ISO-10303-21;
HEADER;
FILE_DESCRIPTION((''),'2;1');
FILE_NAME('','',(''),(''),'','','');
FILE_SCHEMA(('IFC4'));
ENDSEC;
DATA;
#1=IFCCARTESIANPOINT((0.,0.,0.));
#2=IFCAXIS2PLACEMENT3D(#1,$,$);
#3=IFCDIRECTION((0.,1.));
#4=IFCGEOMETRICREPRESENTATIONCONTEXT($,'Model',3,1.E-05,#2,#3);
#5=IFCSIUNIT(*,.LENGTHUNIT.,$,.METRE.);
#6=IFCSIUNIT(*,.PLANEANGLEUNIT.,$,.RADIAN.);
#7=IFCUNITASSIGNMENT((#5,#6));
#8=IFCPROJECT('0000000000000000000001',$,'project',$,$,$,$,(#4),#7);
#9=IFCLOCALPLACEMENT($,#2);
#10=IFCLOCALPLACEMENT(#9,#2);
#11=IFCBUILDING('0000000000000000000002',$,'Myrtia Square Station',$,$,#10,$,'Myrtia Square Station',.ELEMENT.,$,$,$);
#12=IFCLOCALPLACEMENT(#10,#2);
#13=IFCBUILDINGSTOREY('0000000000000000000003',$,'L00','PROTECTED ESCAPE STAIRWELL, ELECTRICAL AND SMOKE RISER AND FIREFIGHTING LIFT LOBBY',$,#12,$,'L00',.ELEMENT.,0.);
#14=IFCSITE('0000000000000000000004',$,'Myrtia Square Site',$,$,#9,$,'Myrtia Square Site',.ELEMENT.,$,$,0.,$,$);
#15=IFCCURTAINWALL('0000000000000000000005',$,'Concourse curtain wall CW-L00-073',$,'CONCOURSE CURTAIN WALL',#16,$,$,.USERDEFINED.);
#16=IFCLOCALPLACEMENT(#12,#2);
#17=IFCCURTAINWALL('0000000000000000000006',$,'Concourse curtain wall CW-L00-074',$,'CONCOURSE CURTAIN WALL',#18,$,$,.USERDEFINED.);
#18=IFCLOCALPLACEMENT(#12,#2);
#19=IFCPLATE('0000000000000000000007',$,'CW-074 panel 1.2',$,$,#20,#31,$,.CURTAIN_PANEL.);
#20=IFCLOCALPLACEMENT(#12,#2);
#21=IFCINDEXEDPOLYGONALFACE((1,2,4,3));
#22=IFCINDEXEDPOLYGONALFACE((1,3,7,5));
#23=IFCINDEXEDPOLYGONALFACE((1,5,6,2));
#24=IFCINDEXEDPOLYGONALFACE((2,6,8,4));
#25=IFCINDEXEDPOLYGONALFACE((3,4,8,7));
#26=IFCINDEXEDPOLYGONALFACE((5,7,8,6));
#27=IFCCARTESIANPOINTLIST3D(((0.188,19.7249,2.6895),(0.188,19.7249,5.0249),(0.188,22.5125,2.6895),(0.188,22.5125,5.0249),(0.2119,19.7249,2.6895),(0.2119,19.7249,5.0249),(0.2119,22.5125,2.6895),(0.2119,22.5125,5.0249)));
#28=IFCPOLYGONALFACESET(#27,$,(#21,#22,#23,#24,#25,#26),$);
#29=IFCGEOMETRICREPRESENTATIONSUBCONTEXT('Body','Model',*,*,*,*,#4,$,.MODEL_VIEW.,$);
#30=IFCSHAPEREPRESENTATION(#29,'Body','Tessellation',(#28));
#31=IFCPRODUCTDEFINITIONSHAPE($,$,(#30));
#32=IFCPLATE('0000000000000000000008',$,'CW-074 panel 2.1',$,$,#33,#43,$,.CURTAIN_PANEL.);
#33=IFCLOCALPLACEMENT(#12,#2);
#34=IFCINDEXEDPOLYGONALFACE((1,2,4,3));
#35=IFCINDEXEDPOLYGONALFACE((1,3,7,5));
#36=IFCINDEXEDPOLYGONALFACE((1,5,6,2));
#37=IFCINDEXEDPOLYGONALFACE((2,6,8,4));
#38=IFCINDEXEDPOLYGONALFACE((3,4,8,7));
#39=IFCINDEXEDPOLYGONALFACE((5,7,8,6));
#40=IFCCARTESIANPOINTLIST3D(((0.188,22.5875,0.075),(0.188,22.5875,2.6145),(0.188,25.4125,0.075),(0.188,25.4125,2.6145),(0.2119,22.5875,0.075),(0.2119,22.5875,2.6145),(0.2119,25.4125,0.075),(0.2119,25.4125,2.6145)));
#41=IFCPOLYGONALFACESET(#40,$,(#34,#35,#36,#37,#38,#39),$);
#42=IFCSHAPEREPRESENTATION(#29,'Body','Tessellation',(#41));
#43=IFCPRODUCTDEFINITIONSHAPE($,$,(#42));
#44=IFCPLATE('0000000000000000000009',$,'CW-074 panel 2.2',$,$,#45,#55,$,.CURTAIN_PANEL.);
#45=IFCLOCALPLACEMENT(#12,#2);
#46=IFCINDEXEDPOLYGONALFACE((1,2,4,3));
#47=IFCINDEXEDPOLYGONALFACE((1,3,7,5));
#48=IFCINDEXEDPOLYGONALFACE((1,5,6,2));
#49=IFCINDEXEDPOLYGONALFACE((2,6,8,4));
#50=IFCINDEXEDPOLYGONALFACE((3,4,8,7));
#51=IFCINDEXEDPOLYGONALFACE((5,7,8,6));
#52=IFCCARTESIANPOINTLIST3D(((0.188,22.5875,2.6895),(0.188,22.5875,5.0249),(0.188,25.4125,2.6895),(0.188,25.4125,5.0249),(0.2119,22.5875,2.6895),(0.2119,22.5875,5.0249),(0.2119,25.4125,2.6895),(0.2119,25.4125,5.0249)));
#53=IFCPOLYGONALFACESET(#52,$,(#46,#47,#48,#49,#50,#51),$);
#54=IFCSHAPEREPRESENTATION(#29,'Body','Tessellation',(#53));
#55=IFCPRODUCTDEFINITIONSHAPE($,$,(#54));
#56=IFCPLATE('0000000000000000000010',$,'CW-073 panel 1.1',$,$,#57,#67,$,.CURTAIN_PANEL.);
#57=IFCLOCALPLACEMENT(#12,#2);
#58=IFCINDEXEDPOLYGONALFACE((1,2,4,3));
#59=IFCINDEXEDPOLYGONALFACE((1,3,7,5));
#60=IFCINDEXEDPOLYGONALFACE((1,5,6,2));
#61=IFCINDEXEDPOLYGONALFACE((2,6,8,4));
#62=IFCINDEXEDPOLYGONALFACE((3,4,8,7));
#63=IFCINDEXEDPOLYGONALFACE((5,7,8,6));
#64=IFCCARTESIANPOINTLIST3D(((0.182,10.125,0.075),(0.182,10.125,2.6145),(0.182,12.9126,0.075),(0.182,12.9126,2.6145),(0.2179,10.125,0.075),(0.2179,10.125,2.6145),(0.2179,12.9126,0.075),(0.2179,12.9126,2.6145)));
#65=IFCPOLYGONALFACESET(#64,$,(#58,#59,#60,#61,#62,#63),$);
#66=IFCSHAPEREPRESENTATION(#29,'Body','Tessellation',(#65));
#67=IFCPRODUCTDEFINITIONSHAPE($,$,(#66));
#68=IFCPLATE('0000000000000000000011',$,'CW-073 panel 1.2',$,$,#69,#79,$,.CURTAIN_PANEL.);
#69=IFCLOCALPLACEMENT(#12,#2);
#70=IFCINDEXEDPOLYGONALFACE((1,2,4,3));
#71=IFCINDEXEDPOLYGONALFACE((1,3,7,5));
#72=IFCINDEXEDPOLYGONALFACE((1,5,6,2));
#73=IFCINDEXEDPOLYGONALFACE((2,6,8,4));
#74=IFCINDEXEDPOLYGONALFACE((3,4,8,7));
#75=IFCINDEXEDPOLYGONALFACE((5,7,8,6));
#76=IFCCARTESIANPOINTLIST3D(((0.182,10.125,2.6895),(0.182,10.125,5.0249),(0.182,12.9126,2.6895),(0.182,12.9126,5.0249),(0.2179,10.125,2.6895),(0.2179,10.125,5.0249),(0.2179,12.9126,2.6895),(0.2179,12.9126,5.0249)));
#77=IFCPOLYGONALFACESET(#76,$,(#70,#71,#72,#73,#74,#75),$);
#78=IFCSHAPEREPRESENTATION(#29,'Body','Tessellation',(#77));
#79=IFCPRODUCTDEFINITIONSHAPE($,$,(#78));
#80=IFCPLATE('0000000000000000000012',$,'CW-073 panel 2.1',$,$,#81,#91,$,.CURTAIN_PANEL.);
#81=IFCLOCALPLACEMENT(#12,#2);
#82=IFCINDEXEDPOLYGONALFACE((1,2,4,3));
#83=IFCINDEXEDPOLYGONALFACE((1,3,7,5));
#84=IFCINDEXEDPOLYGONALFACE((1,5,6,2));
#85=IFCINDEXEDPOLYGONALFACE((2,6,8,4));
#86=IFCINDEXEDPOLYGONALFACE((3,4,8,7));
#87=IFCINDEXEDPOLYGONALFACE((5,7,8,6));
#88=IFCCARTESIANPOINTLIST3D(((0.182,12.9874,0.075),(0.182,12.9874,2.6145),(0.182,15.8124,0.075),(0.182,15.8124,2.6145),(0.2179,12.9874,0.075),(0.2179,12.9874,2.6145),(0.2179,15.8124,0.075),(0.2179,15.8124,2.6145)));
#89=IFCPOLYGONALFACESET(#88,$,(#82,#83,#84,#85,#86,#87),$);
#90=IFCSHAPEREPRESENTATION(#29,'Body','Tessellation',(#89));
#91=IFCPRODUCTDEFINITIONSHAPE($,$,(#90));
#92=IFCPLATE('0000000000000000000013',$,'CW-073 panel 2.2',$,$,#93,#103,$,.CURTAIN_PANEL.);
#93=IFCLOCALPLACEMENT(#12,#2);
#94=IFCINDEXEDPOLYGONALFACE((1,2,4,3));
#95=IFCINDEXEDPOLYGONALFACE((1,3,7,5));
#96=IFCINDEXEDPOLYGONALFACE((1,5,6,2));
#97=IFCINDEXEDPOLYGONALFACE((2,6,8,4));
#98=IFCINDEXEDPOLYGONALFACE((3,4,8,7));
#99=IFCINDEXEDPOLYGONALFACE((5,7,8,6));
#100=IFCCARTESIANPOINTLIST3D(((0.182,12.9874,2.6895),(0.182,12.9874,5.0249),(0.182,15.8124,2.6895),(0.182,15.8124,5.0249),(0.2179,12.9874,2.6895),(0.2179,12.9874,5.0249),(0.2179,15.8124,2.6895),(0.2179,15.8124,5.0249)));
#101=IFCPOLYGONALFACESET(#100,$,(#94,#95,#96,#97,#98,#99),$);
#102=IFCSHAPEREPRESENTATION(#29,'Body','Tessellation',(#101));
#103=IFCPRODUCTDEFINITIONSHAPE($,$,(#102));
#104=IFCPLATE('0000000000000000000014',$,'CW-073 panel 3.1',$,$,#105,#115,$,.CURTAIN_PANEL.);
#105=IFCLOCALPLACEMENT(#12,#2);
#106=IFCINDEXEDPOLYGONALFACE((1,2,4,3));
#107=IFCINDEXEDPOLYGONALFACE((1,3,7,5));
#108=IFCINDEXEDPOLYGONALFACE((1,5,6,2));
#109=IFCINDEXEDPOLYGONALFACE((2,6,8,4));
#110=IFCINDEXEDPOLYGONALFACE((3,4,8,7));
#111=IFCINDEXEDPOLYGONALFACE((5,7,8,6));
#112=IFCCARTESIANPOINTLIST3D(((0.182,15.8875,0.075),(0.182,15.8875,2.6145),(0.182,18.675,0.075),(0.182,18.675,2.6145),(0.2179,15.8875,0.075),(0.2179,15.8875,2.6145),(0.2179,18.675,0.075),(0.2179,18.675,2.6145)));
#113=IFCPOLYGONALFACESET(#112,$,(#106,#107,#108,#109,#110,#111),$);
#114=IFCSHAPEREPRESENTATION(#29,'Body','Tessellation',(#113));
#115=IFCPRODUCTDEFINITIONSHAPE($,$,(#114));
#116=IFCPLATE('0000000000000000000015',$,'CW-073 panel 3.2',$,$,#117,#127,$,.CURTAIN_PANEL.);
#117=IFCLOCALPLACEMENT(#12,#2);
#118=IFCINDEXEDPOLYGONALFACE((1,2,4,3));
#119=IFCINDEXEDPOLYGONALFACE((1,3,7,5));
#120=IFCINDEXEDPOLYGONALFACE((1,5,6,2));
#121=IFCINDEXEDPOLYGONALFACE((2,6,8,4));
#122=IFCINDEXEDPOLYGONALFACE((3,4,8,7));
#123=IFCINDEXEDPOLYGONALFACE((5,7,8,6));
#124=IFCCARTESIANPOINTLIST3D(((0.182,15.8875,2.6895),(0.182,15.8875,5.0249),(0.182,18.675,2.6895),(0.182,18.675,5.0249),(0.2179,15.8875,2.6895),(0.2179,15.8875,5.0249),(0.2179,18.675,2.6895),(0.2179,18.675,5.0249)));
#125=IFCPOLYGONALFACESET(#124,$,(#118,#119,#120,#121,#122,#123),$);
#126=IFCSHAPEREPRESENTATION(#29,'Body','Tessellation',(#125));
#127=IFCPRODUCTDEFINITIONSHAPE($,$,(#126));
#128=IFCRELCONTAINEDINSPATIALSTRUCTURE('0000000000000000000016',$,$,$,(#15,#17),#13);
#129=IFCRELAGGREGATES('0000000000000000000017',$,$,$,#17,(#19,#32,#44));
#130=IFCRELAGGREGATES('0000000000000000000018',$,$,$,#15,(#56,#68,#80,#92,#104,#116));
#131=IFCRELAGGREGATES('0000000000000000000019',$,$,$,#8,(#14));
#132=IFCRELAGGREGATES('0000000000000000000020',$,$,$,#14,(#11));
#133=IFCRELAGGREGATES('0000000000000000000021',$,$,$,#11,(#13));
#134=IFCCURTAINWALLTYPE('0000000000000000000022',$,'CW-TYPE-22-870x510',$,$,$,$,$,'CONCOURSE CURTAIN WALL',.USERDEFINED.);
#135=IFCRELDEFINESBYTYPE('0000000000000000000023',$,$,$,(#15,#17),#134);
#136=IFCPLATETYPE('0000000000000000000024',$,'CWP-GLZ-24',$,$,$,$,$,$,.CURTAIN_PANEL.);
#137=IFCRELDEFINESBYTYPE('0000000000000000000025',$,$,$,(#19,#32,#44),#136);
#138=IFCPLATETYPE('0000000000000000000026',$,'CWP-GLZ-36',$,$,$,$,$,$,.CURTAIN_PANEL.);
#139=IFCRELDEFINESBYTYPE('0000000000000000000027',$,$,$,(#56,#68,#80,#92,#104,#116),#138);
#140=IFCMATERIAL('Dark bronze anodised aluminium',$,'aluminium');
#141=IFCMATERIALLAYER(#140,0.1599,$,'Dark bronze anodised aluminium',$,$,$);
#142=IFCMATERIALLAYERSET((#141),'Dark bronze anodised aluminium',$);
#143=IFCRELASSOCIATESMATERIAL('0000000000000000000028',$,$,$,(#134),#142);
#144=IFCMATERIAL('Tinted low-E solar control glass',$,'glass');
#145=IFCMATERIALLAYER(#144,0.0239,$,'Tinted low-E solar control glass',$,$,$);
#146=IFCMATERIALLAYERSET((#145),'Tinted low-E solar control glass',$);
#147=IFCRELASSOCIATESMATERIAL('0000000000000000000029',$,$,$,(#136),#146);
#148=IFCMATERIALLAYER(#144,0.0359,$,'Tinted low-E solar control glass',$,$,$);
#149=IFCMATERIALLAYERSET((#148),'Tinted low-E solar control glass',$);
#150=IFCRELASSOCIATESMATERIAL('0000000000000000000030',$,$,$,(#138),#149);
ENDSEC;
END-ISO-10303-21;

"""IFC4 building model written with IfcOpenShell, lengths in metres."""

from ifc_helpers import new_model, si_unit, direction, frame, origin, origin_2d, place, context, subcontext, project, spatial, rectangle, extrude, material, layer, layer_set, type_object, element, aggregate, save


model = new_model("IFC4")

# Units and contexts
model_context = context("Model", 3, precision=1e-05, world=origin(), true_north=direction((0.0, 1.0)))
body_context = subcontext(model_context, "Body", "Model", "MODEL_VIEW")
ifc_project = project(units=[si_unit("LENGTHUNIT", "METRE"), si_unit("PLANEANGLEUNIT", "RADIAN")], contexts=[model_context])

# Site, building, storey
site_placement = place(None, origin())
site = spatial("IfcSite", under=ifc_project, at=site_placement, Name="Myrtia Square Site", LongName="Myrtia Square Site", CompositionType="ELEMENT", RefElevation=0.0)
building_placement = place(site_placement, origin())
building = spatial("IfcBuilding", under=site, at=building_placement, Name="Myrtia Square Station", LongName="Myrtia Square Station", CompositionType="ELEMENT")
storey_placement = place(building_placement, origin())
storey = spatial("IfcBuildingStorey", under=building, at=storey_placement, Name="L00", Description="PROTECTED ESCAPE STAIRWELL, ELECTRICAL AND SMOKE RISER AND FIREFIGHTING LIFT LOBBY", LongName="L00", CompositionType="ELEMENT", Elevation=0.0)

# Curtain walls
ifc_material_1 = material(Name="Dark bronze anodised aluminium", Category="aluminium")
ifc_layer_1 = layer(ifc_material_1, 0.1599, Name="Dark bronze anodised aluminium")
ifc_layer_set_1 = layer_set([ifc_layer_1], Name="Dark bronze anodised aluminium")
curtain_wall_type = type_object("IfcCurtainWallType", Name="CW-TYPE-22-870x510", ElementType="CONCOURSE CURTAIN WALL", PredefinedType="USERDEFINED", material=ifc_layer_set_1)
curtain_wall_1_placement = place(storey_placement, origin())
curtain_wall_1 = element("IfcCurtainWall", 1, at=curtain_wall_1_placement, inside=storey, type_object=curtain_wall_type, Name="Concourse curtain wall CW-L00-073", ObjectType="CONCOURSE CURTAIN WALL", PredefinedType="USERDEFINED")
curtain_wall_2_placement = place(storey_placement, origin())
curtain_wall_2 = element("IfcCurtainWall", 2, at=curtain_wall_2_placement, inside=storey, type_object=curtain_wall_type, Name="Concourse curtain wall CW-L00-074", ObjectType="CONCOURSE CURTAIN WALL", PredefinedType="USERDEFINED")

# Plates
ifc_material_2 = material(Name="Tinted low-E solar control glass", Category="glass")
ifc_layer_2 = layer(ifc_material_2, 0.0239, Name="Tinted low-E solar control glass")
ifc_layer_set_2 = layer_set([ifc_layer_2], Name="Tinted low-E solar control glass")
plate_type_1 = type_object("IfcPlateType", Name="CWP-GLZ-24", PredefinedType="CURTAIN_PANEL", material=ifc_layer_set_2)
plate_1_placement = place(storey_placement, frame((0.2, 21.1187, 2.6895), z_axis=(0.0, 0.0, 1.0), x_axis=(0.0, 1.0, 0.0)))
plate_1 = element("IfcPlate", 3, at=plate_1_placement, type_object=plate_type_1, Name="CW-074 panel 1.2", PredefinedType="CURTAIN_PANEL", context=body_context, shape_type="SweptSolid", body=[
    extrude(rectangle(XDim=2.7876, YDim=0.0239, at=origin_2d()), origin(), (0.0, 0.0, 1.0), 2.3354),
])
plate_2_placement = place(storey_placement, frame((0.2, 24.0, 0.075), z_axis=(0.0, 0.0, 1.0), x_axis=(0.0, 1.0, 0.0)))
plate_2 = element("IfcPlate", 4, at=plate_2_placement, type_object=plate_type_1, Name="CW-074 panel 2.1", PredefinedType="CURTAIN_PANEL", context=body_context, shape_type="SweptSolid", body=[
    extrude(rectangle(XDim=2.825, YDim=0.0239, at=origin_2d()), origin(), (0.0, 0.0, 1.0), 2.5396),
])
plate_3_placement = place(storey_placement, frame((0.2, 24.0, 2.6895), z_axis=(0.0, 0.0, 1.0), x_axis=(0.0, 1.0, 0.0)))
plate_3 = element("IfcPlate", 5, at=plate_3_placement, type_object=plate_type_1, Name="CW-074 panel 2.2", PredefinedType="CURTAIN_PANEL", context=body_context, shape_type="SweptSolid", body=[
    extrude(rectangle(XDim=2.825, YDim=0.0239, at=origin_2d()), origin(), (0.0, 0.0, 1.0), 2.3354),
])
aggregate(curtain_wall_2, [plate_1, plate_2, plate_3])
ifc_layer_3 = layer(ifc_material_2, 0.0359, Name="Tinted low-E solar control glass")
ifc_layer_set_3 = layer_set([ifc_layer_3], Name="Tinted low-E solar control glass")
plate_type_2 = type_object("IfcPlateType", Name="CWP-GLZ-36", PredefinedType="CURTAIN_PANEL", material=ifc_layer_set_3)
plate_4_placement = place(storey_placement, frame((0.2, 11.5188, 0.075), z_axis=(0.0, 0.0, 1.0), x_axis=(0.0, 1.0, 0.0)))
plate_4 = element("IfcPlate", 6, at=plate_4_placement, type_object=plate_type_2, Name="CW-073 panel 1.1", PredefinedType="CURTAIN_PANEL", context=body_context, shape_type="SweptSolid", body=[
    extrude(rectangle(XDim=2.7876, YDim=0.0359, at=origin_2d()), origin(), (0.0, 0.0, 1.0), 2.5396),
])
plate_5_placement = place(storey_placement, frame((0.2, 11.5188, 2.6895), z_axis=(0.0, 0.0, 1.0), x_axis=(0.0, 1.0, 0.0)))
plate_5 = element("IfcPlate", 7, at=plate_5_placement, type_object=plate_type_2, Name="CW-073 panel 1.2", PredefinedType="CURTAIN_PANEL", context=body_context, shape_type="SweptSolid", body=[
    extrude(rectangle(XDim=2.7876, YDim=0.0359, at=origin_2d()), origin(), (0.0, 0.0, 1.0), 2.3354),
])
plate_6_placement = place(storey_placement, frame((0.2, 14.3999, 0.075), z_axis=(0.0, 0.0, 1.0), x_axis=(0.0, 1.0, 0.0)))
plate_6 = element("IfcPlate", 8, at=plate_6_placement, type_object=plate_type_2, Name="CW-073 panel 2.1", PredefinedType="CURTAIN_PANEL", context=body_context, shape_type="SweptSolid", body=[
    extrude(rectangle(XDim=2.825, YDim=0.0359, at=origin_2d()), origin(), (0.0, 0.0, 1.0), 2.5396),
])
plate_7_placement = place(storey_placement, frame((0.2, 14.3999, 2.6895), z_axis=(0.0, 0.0, 1.0), x_axis=(0.0, 1.0, 0.0)))
plate_7 = element("IfcPlate", 9, at=plate_7_placement, type_object=plate_type_2, Name="CW-073 panel 2.2", PredefinedType="CURTAIN_PANEL", context=body_context, shape_type="SweptSolid", body=[
    extrude(rectangle(XDim=2.825, YDim=0.0359, at=origin_2d()), origin(), (0.0, 0.0, 1.0), 2.3354),
])
plate_8_placement = place(storey_placement, frame((0.2, 17.2812, 0.075), z_axis=(0.0, 0.0, 1.0), x_axis=(0.0, 1.0, 0.0)))
plate_8 = element("IfcPlate", 10, at=plate_8_placement, type_object=plate_type_2, Name="CW-073 panel 3.1", PredefinedType="CURTAIN_PANEL", context=body_context, shape_type="SweptSolid", body=[
    extrude(rectangle(XDim=2.7876, YDim=0.0359, at=origin_2d()), origin(), (0.0, 0.0, 1.0), 2.5396),
])
plate_9_placement = place(storey_placement, frame((0.2, 17.2812, 2.6895), z_axis=(0.0, 0.0, 1.0), x_axis=(0.0, 1.0, 0.0)))
plate_9 = element("IfcPlate", 11, at=plate_9_placement, type_object=plate_type_2, Name="CW-073 panel 3.2", PredefinedType="CURTAIN_PANEL", context=body_context, shape_type="SweptSolid", body=[
    extrude(rectangle(XDim=2.7876, YDim=0.0359, at=origin_2d()), origin(), (0.0, 0.0, 1.0), 2.3354),
])
aggregate(curtain_wall_1, [plate_4, plate_5, plate_6, plate_7, plate_8, plate_9])

save(model, "model.ifc")
